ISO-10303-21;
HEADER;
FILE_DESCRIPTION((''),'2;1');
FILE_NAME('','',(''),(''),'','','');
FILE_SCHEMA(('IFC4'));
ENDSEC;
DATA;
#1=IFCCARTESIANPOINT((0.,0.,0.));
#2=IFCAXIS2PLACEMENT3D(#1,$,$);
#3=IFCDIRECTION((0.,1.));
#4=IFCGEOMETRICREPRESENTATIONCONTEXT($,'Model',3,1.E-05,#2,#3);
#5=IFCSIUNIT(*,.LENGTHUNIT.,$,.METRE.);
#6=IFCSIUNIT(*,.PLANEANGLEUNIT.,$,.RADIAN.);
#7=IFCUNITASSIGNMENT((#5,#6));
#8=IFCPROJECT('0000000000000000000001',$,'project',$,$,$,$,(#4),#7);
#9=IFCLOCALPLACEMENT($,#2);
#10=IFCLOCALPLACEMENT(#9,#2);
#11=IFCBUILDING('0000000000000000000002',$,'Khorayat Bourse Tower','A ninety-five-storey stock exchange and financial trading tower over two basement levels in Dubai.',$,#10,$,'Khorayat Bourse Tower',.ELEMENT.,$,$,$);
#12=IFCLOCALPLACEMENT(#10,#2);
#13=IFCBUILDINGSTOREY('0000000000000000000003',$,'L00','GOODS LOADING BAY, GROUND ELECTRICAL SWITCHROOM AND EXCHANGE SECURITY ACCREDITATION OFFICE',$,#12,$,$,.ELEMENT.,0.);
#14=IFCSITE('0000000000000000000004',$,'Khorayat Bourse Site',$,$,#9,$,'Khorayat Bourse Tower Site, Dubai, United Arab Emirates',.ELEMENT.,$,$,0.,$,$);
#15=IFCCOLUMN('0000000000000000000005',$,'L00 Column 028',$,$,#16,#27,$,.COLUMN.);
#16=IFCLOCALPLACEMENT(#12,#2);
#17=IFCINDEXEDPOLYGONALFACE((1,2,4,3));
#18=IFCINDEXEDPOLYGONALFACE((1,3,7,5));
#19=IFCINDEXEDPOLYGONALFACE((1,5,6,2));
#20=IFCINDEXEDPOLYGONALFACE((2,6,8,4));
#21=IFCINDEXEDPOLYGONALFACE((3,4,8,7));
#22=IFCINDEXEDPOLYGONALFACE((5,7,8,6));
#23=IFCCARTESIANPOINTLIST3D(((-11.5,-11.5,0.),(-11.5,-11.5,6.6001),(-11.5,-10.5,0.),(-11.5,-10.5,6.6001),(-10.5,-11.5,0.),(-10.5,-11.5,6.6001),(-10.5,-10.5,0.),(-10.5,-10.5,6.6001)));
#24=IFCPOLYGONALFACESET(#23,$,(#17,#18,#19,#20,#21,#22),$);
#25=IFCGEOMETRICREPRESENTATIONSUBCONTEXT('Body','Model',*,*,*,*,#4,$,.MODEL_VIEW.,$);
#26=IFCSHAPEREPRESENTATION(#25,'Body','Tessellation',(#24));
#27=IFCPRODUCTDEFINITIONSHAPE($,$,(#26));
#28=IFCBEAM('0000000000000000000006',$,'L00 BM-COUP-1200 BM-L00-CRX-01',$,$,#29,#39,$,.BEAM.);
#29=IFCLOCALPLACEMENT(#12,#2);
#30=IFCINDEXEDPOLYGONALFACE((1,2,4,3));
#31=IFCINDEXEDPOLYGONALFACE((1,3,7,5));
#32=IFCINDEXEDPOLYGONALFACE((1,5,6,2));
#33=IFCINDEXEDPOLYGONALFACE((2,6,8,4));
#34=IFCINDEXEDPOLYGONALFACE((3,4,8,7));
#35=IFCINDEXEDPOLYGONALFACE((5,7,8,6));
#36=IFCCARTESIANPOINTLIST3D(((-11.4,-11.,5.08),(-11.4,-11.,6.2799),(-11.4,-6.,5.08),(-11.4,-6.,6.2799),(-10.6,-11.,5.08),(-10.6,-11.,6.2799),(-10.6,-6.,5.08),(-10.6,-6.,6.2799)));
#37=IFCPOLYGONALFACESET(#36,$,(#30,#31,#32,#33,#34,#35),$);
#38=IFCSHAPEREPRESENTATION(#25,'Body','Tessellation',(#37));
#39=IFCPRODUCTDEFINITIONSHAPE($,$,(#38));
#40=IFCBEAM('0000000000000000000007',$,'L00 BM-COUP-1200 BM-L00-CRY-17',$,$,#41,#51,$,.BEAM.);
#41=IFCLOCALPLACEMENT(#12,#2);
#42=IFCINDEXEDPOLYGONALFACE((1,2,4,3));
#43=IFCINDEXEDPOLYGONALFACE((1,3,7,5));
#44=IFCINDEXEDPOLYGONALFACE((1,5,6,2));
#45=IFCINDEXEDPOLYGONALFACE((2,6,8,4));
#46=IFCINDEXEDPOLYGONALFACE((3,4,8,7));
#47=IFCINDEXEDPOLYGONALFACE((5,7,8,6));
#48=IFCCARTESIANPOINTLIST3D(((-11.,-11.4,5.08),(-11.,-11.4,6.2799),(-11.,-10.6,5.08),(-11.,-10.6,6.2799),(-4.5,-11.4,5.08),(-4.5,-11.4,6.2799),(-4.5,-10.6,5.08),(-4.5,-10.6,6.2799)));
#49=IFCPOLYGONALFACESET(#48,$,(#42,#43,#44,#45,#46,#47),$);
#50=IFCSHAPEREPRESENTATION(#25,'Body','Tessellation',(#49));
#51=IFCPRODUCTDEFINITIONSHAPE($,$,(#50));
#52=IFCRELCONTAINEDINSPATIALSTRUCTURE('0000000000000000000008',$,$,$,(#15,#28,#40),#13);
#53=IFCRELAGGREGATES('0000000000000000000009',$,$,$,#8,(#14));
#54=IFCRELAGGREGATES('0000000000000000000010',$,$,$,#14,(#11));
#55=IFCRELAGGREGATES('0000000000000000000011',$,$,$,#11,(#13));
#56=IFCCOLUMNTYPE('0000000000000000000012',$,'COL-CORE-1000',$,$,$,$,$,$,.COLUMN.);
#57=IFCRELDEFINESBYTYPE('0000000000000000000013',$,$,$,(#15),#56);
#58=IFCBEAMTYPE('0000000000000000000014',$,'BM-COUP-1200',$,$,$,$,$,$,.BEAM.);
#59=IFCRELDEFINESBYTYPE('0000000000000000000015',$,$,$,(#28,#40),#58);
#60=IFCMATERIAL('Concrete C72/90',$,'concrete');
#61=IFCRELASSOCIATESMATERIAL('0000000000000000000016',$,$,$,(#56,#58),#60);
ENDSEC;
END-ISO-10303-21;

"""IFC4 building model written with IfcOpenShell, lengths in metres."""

from ifc_helpers import new_model, si_unit, direction, frame, origin, origin_2d, place, context, subcontext, project, spatial, rectangle, extrude, source, transform, mapped, material, material_profile, profile_set, type_object, element, save


model = new_model("IFC4")

# Units and contexts
model_context = context("Model", 3, precision=1e-05, world=origin(), true_north=direction((0.0, 1.0)))
body_context = subcontext(model_context, "Body", "Model", "MODEL_VIEW")
ifc_project = project(units=[si_unit("LENGTHUNIT", "METRE"), si_unit("PLANEANGLEUNIT", "RADIAN")], contexts=[model_context])

# Site, building, storey
site_placement = place(None, origin())
site = spatial("IfcSite", under=ifc_project, at=site_placement, Name="Khorayat Bourse Site", LongName="Khorayat Bourse Tower Site, Dubai, United Arab Emirates", CompositionType="ELEMENT", RefElevation=0.0)
building_placement = place(site_placement, origin())
building = spatial("IfcBuilding", under=site, at=building_placement, Name="Khorayat Bourse Tower", Description="A ninety-five-storey stock exchange and financial trading tower over two basement levels in Dubai.", LongName="Khorayat Bourse Tower", CompositionType="ELEMENT")
storey_placement = place(building_placement, origin())
storey = spatial("IfcBuildingStorey", under=building, at=storey_placement, Name="L00", Description="GOODS LOADING BAY, GROUND ELECTRICAL SWITCHROOM AND EXCHANGE SECURITY ACCREDITATION OFFICE", CompositionType="ELEMENT", Elevation=0.0)

# Column
ifc_material_1 = material(Name="Concrete C72/90", Category="concrete")
ifc_material_profile_1 = material_profile(ifc_material_1, rectangle(XDim=1.0, YDim=1.0, at=origin_2d()), Name="RC 1000x1000")
ifc_profile_set_1 = profile_set([ifc_material_profile_1], Name="Concrete C72/90")
column_type = type_object("IfcColumnType", Name="COL-CORE-1000", PredefinedType="COLUMN", material=ifc_profile_set_1)
shared_shape_1 = source(origin(), body_context, "Body", "SweptSolid", [
    extrude(rectangle(XDim=1.0, YDim=1.0, at=origin_2d()), origin(), (0.0, 0.0, 1.0), 6.6001),
])
column_placement = place(storey_placement, frame((-11.0, -11.0, 0.0), z_axis=(0.0, 0.0, 1.0), x_axis=(1.0, 0.0, 0.0)))
element("IfcColumn", 1, at=column_placement, inside=storey, type_object=column_type, Name="L00 Column 028", PredefinedType="COLUMN", context=body_context, shape_type="MappedRepresentation", body=[
    mapped(shared_shape_1, transform((0.0, 0.0, 0.0), scale=1.0)),
])

# Beams
ifc_material_profile_2 = material_profile(ifc_material_1, rectangle(XDim=0.8, YDim=1.2, at=origin_2d()), Name="RC 800x1200")
ifc_profile_set_2 = profile_set([ifc_material_profile_2], Name="Concrete C72/90")
beam_type = type_object("IfcBeamType", Name="BM-COUP-1200", PredefinedType="BEAM", material=ifc_profile_set_2)
shared_shape_2 = source(origin(), body_context, "Body", "SweptSolid", [
    extrude(rectangle(XDim=0.8, YDim=1.2, at=origin_2d()), origin(), (0.0, 0.0, 1.0), 5.0),
])
beam_1_placement = place(storey_placement, frame((-11.0, -11.0, 5.6799), z_axis=(0.0, 1.0, 0.0), x_axis=(-1.0, 0.0, 0.0)))
element("IfcBeam", 2, at=beam_1_placement, inside=storey, type_object=beam_type, Name="L00 BM-COUP-1200 BM-L00-CRX-01", PredefinedType="BEAM", context=body_context, shape_type="MappedRepresentation", body=[
    mapped(shared_shape_2, transform((0.0, 0.0, 0.0), scale=1.0)),
])
shared_shape_3 = source(origin(), body_context, "Body", "SweptSolid", [
    extrude(rectangle(XDim=0.8, YDim=1.2, at=origin_2d()), origin(), (0.0, 0.0, 1.0), 6.5),
])
beam_2_placement = place(storey_placement, frame((-11.0, -11.0, 5.6799), z_axis=(1.0, 0.0, 0.0), x_axis=(0.0, 1.0, 0.0)))
element("IfcBeam", 3, at=beam_2_placement, inside=storey, type_object=beam_type, Name="L00 BM-COUP-1200 BM-L00-CRY-17", PredefinedType="BEAM", context=body_context, shape_type="MappedRepresentation", body=[
    mapped(shared_shape_3, transform((0.0, 0.0, 0.0), scale=1.0)),
])

save(model, "model.ifc")
